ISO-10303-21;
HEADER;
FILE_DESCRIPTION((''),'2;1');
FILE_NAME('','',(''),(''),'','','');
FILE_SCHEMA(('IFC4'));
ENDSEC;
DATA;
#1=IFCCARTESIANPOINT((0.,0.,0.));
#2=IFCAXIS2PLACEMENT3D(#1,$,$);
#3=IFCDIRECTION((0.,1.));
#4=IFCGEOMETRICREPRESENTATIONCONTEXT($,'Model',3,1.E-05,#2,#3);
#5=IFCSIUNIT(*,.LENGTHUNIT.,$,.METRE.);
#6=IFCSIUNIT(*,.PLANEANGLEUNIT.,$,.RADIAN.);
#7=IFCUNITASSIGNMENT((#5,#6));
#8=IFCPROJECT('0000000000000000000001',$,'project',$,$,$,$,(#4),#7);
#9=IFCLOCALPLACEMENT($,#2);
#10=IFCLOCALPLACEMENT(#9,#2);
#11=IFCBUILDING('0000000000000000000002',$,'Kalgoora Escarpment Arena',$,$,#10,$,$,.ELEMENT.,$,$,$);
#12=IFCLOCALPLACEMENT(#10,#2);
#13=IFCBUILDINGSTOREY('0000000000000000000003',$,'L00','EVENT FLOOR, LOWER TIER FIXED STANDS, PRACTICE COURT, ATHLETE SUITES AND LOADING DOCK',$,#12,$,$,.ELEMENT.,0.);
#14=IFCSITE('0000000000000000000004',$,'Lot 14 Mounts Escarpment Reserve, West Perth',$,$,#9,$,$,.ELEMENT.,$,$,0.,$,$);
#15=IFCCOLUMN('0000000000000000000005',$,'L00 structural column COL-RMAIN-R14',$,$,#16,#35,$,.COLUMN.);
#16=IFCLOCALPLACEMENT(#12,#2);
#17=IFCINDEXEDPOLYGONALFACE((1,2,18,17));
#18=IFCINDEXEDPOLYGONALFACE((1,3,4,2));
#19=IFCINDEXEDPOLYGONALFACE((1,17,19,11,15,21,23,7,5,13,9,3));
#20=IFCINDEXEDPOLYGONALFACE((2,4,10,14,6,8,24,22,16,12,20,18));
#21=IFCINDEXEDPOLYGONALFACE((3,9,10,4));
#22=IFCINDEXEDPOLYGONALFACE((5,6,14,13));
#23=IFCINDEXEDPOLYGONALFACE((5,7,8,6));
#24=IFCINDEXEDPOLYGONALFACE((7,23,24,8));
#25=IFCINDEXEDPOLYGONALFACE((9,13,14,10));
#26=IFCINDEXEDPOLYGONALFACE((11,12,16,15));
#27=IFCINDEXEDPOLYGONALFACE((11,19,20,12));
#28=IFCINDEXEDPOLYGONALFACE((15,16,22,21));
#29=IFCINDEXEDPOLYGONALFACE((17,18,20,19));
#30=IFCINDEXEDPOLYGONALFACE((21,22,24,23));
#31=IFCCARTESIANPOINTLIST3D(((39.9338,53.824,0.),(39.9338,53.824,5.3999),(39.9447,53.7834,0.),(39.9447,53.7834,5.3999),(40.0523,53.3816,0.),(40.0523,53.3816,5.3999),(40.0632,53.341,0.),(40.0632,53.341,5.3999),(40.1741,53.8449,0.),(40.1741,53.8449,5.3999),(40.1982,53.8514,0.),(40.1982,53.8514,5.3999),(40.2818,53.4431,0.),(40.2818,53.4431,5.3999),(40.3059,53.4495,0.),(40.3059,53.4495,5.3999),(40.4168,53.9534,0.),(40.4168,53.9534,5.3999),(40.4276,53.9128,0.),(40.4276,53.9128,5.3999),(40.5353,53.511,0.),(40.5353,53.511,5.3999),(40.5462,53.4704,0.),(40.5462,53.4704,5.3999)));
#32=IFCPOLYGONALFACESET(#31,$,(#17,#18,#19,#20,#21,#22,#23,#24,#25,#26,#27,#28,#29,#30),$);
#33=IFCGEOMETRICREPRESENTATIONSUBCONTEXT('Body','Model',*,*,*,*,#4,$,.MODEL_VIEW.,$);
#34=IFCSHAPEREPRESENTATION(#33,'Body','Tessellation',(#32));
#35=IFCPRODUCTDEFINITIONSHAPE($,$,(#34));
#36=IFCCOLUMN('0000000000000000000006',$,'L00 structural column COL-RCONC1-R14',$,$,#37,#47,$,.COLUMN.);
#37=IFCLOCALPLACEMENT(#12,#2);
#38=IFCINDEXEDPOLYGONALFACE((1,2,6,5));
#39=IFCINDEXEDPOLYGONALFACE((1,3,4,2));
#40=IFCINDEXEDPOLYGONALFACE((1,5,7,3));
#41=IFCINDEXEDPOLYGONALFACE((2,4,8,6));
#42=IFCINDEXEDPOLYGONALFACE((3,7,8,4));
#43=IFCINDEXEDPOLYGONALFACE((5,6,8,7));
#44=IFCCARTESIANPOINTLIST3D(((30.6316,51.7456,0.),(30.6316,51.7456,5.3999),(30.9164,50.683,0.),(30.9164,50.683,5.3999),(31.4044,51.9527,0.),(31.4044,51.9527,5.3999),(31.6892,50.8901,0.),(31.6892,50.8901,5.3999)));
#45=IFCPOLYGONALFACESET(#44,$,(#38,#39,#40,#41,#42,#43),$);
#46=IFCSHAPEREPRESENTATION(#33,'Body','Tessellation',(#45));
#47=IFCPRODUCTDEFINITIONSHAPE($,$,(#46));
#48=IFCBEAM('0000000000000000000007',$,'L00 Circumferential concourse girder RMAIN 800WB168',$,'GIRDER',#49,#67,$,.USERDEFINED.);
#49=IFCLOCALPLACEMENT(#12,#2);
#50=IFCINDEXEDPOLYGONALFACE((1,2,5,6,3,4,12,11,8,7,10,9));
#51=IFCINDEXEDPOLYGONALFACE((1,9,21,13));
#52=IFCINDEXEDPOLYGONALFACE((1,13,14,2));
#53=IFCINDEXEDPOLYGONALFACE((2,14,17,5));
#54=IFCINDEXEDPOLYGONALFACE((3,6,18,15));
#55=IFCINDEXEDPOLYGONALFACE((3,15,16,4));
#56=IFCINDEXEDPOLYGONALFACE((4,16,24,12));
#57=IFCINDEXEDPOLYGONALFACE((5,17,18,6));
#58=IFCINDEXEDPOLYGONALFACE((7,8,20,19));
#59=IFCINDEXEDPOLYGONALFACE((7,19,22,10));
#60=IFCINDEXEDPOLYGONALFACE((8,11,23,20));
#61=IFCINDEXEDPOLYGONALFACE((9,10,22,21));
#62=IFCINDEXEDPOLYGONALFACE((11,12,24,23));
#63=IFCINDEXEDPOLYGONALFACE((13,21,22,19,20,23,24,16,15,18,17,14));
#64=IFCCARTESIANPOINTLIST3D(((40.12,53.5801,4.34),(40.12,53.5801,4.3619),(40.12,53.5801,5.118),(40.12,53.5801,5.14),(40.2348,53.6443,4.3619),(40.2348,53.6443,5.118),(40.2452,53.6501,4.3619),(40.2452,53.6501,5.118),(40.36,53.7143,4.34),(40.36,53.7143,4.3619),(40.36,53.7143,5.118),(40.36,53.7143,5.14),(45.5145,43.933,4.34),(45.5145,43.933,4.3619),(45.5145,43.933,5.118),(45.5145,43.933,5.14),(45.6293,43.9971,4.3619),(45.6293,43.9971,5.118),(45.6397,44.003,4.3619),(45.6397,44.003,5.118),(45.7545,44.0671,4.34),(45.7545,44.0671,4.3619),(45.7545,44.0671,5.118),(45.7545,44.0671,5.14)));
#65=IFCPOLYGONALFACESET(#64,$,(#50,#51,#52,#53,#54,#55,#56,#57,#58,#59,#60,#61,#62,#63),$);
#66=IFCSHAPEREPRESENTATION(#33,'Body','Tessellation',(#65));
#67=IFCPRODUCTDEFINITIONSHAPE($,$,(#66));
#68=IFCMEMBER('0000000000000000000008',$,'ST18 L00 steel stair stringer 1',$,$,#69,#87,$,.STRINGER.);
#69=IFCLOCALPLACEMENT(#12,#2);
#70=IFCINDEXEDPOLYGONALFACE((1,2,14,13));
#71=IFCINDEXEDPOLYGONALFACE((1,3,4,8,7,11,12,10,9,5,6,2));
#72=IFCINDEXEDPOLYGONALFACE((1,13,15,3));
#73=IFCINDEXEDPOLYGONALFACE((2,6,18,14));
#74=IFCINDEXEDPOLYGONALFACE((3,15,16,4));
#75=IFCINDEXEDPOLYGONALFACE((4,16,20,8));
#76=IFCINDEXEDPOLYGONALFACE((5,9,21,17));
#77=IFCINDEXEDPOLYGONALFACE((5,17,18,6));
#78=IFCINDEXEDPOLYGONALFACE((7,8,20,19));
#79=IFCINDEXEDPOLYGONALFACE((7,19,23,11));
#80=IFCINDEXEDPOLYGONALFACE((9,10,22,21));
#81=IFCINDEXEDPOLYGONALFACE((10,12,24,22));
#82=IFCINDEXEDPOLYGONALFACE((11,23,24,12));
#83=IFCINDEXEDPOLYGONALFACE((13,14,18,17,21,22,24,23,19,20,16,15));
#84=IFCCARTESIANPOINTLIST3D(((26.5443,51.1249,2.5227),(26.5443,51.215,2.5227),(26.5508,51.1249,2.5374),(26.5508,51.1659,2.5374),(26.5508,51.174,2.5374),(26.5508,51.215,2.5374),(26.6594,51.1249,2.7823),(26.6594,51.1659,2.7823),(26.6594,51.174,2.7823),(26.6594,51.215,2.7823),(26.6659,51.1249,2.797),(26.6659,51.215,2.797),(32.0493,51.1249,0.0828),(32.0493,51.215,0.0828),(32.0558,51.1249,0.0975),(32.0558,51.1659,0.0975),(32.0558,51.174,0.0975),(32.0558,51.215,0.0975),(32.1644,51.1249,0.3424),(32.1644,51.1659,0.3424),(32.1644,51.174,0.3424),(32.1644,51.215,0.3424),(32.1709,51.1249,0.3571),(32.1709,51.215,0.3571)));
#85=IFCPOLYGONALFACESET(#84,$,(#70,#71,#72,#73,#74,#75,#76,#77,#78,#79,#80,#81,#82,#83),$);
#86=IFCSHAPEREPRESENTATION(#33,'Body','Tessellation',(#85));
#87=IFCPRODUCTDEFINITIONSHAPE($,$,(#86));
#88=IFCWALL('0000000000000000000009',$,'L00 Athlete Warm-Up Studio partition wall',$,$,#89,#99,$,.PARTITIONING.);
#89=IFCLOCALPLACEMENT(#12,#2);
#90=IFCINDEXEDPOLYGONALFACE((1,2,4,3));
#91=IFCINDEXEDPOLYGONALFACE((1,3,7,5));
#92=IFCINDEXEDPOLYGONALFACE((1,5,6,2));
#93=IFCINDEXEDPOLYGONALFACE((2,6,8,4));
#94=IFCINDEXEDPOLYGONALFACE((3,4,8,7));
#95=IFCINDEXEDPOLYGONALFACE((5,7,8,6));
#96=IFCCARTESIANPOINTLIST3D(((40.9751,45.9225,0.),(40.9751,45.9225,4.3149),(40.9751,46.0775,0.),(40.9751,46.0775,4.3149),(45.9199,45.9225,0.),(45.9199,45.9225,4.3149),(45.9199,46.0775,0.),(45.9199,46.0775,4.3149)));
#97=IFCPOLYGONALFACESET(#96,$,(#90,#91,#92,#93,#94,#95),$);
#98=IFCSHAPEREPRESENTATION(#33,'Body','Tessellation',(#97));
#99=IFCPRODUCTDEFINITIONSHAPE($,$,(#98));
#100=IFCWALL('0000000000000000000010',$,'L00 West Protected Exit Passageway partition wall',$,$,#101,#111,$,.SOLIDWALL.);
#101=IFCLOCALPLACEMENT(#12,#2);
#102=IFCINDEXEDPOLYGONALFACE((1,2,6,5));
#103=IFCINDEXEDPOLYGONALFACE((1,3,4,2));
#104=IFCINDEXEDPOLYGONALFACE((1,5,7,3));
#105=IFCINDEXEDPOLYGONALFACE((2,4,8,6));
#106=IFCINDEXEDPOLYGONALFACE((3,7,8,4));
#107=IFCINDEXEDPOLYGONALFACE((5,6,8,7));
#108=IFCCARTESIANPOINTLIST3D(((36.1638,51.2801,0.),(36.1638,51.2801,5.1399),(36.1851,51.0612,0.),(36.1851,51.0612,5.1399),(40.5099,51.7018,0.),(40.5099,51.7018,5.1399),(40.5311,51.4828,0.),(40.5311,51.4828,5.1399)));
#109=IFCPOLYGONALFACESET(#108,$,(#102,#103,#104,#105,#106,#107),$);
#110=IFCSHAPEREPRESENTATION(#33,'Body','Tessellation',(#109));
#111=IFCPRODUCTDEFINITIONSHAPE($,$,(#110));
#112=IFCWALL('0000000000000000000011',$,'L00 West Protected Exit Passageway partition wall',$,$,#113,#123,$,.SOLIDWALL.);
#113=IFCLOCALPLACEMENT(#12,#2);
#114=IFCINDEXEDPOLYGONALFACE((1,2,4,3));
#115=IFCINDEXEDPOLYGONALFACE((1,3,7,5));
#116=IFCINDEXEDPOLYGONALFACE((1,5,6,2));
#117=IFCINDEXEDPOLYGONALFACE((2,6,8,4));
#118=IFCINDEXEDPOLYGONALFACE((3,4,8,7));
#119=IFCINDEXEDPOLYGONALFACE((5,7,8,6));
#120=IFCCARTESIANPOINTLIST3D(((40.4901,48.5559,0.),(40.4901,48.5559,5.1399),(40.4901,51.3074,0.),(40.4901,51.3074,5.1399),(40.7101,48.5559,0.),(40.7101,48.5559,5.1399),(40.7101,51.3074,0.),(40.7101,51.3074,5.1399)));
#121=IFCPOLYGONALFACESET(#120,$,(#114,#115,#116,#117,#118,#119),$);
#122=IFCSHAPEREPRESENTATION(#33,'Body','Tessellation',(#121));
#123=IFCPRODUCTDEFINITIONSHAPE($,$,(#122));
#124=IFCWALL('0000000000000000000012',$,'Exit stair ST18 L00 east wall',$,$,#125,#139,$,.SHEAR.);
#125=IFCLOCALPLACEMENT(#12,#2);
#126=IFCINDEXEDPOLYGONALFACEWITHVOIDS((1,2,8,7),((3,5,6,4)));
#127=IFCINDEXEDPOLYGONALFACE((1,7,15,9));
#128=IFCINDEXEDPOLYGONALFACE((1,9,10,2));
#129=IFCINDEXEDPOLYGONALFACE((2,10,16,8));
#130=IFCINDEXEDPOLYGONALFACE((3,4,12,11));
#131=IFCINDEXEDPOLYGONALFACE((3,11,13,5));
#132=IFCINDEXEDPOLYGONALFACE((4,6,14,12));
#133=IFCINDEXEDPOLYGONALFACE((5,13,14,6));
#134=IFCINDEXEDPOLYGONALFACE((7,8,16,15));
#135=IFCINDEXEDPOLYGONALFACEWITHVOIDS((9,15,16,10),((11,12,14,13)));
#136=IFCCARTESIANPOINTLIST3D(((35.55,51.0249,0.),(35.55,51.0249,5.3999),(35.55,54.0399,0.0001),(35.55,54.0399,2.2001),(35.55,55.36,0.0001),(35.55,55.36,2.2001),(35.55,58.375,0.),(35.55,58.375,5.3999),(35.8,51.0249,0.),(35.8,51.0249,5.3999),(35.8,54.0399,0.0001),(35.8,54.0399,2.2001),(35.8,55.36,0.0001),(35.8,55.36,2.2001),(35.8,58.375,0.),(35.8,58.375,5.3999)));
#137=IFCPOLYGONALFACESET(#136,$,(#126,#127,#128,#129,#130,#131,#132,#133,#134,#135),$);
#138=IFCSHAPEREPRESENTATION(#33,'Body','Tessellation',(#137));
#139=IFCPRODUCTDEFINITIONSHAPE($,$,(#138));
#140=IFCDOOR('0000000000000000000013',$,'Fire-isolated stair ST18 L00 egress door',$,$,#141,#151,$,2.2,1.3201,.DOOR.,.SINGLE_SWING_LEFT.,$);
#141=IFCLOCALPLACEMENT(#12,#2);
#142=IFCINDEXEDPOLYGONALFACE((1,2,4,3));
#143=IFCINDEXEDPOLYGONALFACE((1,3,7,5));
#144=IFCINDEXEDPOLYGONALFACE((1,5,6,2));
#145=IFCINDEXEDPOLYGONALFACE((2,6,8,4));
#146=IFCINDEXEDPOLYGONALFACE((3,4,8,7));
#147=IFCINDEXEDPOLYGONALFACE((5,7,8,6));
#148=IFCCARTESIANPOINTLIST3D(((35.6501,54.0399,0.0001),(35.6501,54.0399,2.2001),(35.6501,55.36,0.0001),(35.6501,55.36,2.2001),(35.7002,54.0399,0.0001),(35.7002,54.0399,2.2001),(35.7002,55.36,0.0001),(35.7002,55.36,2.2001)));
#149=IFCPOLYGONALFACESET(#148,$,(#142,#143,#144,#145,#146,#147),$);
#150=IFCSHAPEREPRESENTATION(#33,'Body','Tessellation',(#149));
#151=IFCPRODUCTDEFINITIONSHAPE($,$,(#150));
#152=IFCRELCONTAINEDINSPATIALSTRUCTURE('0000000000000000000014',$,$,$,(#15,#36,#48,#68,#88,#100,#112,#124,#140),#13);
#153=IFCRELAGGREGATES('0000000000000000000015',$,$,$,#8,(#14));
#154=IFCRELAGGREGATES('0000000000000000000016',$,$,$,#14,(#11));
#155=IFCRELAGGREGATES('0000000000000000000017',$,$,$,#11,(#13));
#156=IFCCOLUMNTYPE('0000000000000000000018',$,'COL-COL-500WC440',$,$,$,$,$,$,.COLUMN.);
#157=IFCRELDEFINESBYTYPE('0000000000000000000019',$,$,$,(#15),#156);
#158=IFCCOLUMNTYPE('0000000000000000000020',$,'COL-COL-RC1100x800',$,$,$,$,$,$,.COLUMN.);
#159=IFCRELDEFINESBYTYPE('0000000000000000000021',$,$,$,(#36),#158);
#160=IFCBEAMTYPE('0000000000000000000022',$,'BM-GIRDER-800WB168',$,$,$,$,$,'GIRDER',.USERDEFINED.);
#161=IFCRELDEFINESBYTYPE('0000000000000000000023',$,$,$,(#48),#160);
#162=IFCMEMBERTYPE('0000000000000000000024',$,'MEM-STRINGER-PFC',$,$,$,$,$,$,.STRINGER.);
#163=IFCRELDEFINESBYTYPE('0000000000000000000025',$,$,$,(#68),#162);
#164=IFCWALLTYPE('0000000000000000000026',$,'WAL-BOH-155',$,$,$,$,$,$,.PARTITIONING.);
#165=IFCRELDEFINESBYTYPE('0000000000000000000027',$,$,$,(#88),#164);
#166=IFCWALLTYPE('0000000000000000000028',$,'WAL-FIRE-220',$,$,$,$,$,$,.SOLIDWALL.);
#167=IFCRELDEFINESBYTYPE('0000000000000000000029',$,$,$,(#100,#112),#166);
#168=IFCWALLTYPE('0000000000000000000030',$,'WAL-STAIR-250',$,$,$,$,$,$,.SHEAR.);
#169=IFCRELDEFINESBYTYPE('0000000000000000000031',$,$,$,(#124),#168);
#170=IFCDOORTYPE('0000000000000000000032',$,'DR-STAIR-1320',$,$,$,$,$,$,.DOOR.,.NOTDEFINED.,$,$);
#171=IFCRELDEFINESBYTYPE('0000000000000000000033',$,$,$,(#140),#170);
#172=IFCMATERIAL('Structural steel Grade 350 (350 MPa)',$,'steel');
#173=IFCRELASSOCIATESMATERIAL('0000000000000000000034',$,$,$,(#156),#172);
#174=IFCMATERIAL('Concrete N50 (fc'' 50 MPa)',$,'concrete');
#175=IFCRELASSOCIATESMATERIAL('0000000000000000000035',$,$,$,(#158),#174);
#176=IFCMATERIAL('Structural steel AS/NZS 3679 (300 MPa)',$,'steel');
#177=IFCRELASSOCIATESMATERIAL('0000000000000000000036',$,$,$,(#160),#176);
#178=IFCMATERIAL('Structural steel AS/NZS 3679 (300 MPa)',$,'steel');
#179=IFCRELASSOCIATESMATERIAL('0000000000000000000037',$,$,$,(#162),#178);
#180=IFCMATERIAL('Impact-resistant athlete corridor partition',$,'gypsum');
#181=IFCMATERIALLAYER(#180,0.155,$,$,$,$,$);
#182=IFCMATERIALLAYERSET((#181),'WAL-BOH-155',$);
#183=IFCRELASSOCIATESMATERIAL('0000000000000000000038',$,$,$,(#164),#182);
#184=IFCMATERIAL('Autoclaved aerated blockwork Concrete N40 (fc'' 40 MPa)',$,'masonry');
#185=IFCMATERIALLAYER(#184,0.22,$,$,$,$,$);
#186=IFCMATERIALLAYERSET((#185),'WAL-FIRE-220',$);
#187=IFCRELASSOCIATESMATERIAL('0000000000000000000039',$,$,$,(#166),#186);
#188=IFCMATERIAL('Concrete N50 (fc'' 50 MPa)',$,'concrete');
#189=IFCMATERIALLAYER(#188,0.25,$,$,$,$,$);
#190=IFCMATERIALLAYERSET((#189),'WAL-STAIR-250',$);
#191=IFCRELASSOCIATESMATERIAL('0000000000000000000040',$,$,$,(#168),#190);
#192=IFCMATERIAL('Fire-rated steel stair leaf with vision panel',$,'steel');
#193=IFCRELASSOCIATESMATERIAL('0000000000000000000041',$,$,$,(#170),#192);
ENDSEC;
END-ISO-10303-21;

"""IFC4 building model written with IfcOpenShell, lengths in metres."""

from ifc_helpers import new_model, si_unit, direction, frame, frame_2d, origin, origin_2d, place, context, subcontext, project, spatial, rectangle, i_section, extrude, material, layer, layer_set, material_profile, profile_set, type_object, element, fill, save


model = new_model("IFC4")

# Units and contexts
model_context = context("Model", 3, precision=1e-05, world=origin(), true_north=direction((0.0, 1.0)))
body_context = subcontext(model_context, "Body", "Model", "MODEL_VIEW")
ifc_project = project(units=[si_unit("LENGTHUNIT", "METRE"), si_unit("PLANEANGLEUNIT", "RADIAN")], contexts=[model_context])

# Site, building, storey
site_placement = place(None, origin())
site = spatial("IfcSite", under=ifc_project, at=site_placement, Name="Lot 14 Mounts Escarpment Reserve, West Perth", CompositionType="ELEMENT", RefElevation=0.0)
building_placement = place(site_placement, origin())
building = spatial("IfcBuilding", under=site, at=building_placement, Name="Kalgoora Escarpment Arena", CompositionType="ELEMENT")
storey_placement = place(building_placement, origin())
storey = spatial("IfcBuildingStorey", under=building, at=storey_placement, Name="L00", Description="EVENT FLOOR, LOWER TIER FIXED STANDS, PRACTICE COURT, ATHLETE SUITES AND LOADING DOCK", CompositionType="ELEMENT", Elevation=0.0)

# Columns
ifc_material_1 = material(Name="Structural steel Grade 350 (350 MPa)", Category="steel")
ifc_material_profile_1 = material_profile(ifc_material_1, i_section(OverallWidth=0.5, OverallDepth=0.5, WebThickness=0.0249, FlangeThickness=0.042, at=origin_2d()))
ifc_profile_set_1 = profile_set([ifc_material_profile_1], Name="Structural steel Grade 350 (350 MPa)")
column_type_1 = type_object("IfcColumnType", Name="COL-COL-500WC440", PredefinedType="COLUMN", material=ifc_profile_set_1)
column_1_placement = place(storey_placement, frame((40.24, 53.6472, 0.0), z_axis=(0.0, 0.0, 1.0), x_axis=(-0.965926, -0.258819, 0.0)))
element("IfcColumn", 1, at=column_1_placement, inside=storey, type_object=column_type_1, Name="L00 structural column COL-RMAIN-R14", PredefinedType="COLUMN", context=body_context, shape_type="SweptSolid", body=[
    extrude(i_section(OverallWidth=0.5, OverallDepth=0.5, WebThickness=0.0249, FlangeThickness=0.042, at=origin_2d()), origin(), (0.0, 0.0, 1.0), 5.3999),
])
ifc_material_2 = material(Name="Concrete N50 (fc' 50 MPa)", Category="concrete")
ifc_material_profile_2 = material_profile(ifc_material_2, rectangle(XDim=0.8, YDim=1.1001, at=origin_2d()))
ifc_profile_set_2 = profile_set([ifc_material_profile_2], Name="Concrete N50 (fc' 50 MPa)")
column_type_2 = type_object("IfcColumnType", Name="COL-COL-RC1100x800", PredefinedType="COLUMN", material=ifc_profile_set_2)
column_2_placement = place(storey_placement, frame((31.1604, 51.3179, 0.0), z_axis=(0.0, 0.0, 1.0), x_axis=(-0.965926, -0.258819, 0.0)))
element("IfcColumn", 2, at=column_2_placement, inside=storey, type_object=column_type_2, Name="L00 structural column COL-RCONC1-R14", PredefinedType="COLUMN", context=body_context, shape_type="SweptSolid", body=[
    extrude(rectangle(XDim=0.8, YDim=1.1001, at=origin_2d()), origin(), (0.0, 0.0, 1.0), 5.3999),
])

# Beam
ifc_material_3 = material(Name="Structural steel AS/NZS 3679 (300 MPa)", Category="steel")
ifc_material_profile_3 = material_profile(ifc_material_3, i_section(OverallWidth=0.2749, OverallDepth=0.8, WebThickness=0.012, FlangeThickness=0.022, at=origin_2d()))
ifc_profile_set_3 = profile_set([ifc_material_profile_3], Name="Structural steel AS/NZS 3679 (300 MPa)")
beam_type = type_object("IfcBeamType", Name="BM-GIRDER-800WB168", ElementType="GIRDER", PredefinedType="USERDEFINED", material=ifc_profile_set_3)
beam_placement = place(storey_placement, frame((40.24, 53.6472, 4.74), z_axis=(0.488058, -0.872811, 0.0), x_axis=(0.872811, 0.488058, 0.0)))
element("IfcBeam", 3, at=beam_placement, inside=storey, type_object=beam_type, Name="L00 Circumferential concourse girder RMAIN 800WB168", ObjectType="GIRDER", PredefinedType="USERDEFINED", context=body_context, shape_type="SweptSolid", body=[
    extrude(i_section(OverallWidth=0.2749, OverallDepth=0.8, WebThickness=0.012, FlangeThickness=0.022, at=origin_2d()), origin(), (0.0, 0.0, 1.0), 11.053),
])

# Member
ifc_material_4 = material(Name="Structural steel AS/NZS 3679 (300 MPa)", Category="steel")
ifc_material_profile_4 = material_profile(ifc_material_4, i_section(OverallWidth=0.0901, OverallDepth=0.3, WebThickness=0.0081, FlangeThickness=0.0161, at=origin_2d()))
ifc_profile_set_4 = profile_set([ifc_material_profile_4], Name="Structural steel AS/NZS 3679 (300 MPa)")
member_type = type_object("IfcMemberType", Name="MEM-STRINGER-PFC", PredefinedType="STRINGER", material=ifc_profile_set_4)
member_placement = place(storey_placement, frame((32.1101, 51.1699, 0.22), z_axis=(-0.914229, 0.0, 0.405198), x_axis=(0.0, -1.0, 0.0)))
element("IfcMember", 4, at=member_placement, inside=storey, type_object=member_type, Name="ST18 L00 steel stair stringer 1", PredefinedType="STRINGER", context=body_context, shape_type="SweptSolid", body=[
    extrude(i_section(OverallWidth=0.0901, OverallDepth=0.3, WebThickness=0.0081, FlangeThickness=0.0161, at=origin_2d()), origin(), (0.0, 0.0, 1.0), 6.0215),
])

# Walls
ifc_material_5 = material(Name="Impact-resistant athlete corridor partition", Category="gypsum")
ifc_layer_1 = layer(ifc_material_5, 0.155)
ifc_layer_set_1 = layer_set([ifc_layer_1], Name="WAL-BOH-155")
wall_type_1 = type_object("IfcWallType", Name="WAL-BOH-155", PredefinedType="PARTITIONING", material=ifc_layer_set_1)
wall_1_placement = place(storey_placement, frame((40.9751, 46.0, 0.0), z_axis=(0.0, 0.0, 1.0), x_axis=(1.0, 0.0, 0.0)))
element("IfcWall", 5, at=wall_1_placement, inside=storey, type_object=wall_type_1, Name="L00 Athlete Warm-Up Studio partition wall", PredefinedType="PARTITIONING", context=body_context, shape_type="SweptSolid", body=[
    extrude(rectangle(XDim=4.9448, YDim=0.155, at=frame_2d((2.4724, 0.0))), origin(), (0.0, 0.0, 1.0), 4.3149),
])
ifc_material_6 = material(Name="Autoclaved aerated blockwork Concrete N40 (fc' 40 MPa)", Category="masonry")
ifc_layer_2 = layer(ifc_material_6, 0.22)
ifc_layer_set_2 = layer_set([ifc_layer_2], Name="WAL-FIRE-220")
wall_type_2 = type_object("IfcWallType", Name="WAL-FIRE-220", PredefinedType="SOLIDWALL", material=ifc_layer_set_2)
wall_2_placement = place(storey_placement, frame((36.1746, 51.1707, 0.0), z_axis=(0.0, 0.0, 1.0), x_axis=(0.995327, 0.096564, 0.0)))
element("IfcWall", 6, at=wall_2_placement, inside=storey, type_object=wall_type_2, Name="L00 West Protected Exit Passageway partition wall", PredefinedType="SOLIDWALL", context=body_context, shape_type="SweptSolid", body=[
    extrude(rectangle(XDim=4.3665, YDim=0.22, at=frame_2d((2.1831, 0.0))), origin(), (0.0, 0.0, 1.0), 5.1399),
])
wall_3_placement = place(storey_placement, frame((40.6001, 51.3074, 0.0), z_axis=(0.0, 0.0, 1.0), x_axis=(0.0, -1.0, 0.0)))
element("IfcWall", 7, at=wall_3_placement, inside=storey, type_object=wall_type_2, Name="L00 West Protected Exit Passageway partition wall", PredefinedType="SOLIDWALL", context=body_context, shape_type="SweptSolid", body=[
    extrude(rectangle(XDim=2.7515, YDim=0.22, at=frame_2d((1.3757, 0.0))), origin(), (0.0, 0.0, 1.0), 5.1399),
])

# Wall, opening, door
ifc_material_7 = material(Name="Concrete N50 (fc' 50 MPa)", Category="concrete")
ifc_layer_3 = layer(ifc_material_7, 0.25)
ifc_layer_set_3 = layer_set([ifc_layer_3], Name="WAL-STAIR-250")
wall_type_3 = type_object("IfcWallType", Name="WAL-STAIR-250", PredefinedType="SHEAR", material=ifc_layer_set_3)
wall_4_placement = place(storey_placement, frame((35.675, 51.0249, 0.0), z_axis=(0.0, 0.0, 1.0), x_axis=(0.0, 1.0, 0.0)))
wall_4 = element("IfcWall", 8, at=wall_4_placement, inside=storey, type_object=wall_type_3, Name="Exit stair ST18 L00 east wall", PredefinedType="SHEAR", context=body_context, shape_type="SweptSolid", body=[
    extrude(rectangle(XDim=7.3501, YDim=0.25, at=frame_2d((3.675, 0.0))), origin(), (0.0, 0.0, 1.0), 5.3999),
])
opening_1_placement = place(wall_4_placement, frame((3.0149, 0.0, 0.0)))
opening_1 = element("IfcOpeningElement", 9, at=opening_1_placement, cuts=wall_4, PredefinedType="OPENING", context=body_context, shape_type="SweptSolid", body=[
    extrude(rectangle(XDim=1.3201, YDim=2.2, at=frame_2d((0.6602, 1.1001))), frame((0.0, 0.135, 0.0), z_axis=(0.0, -1.0, 0.0), x_axis=(1.0, 0.0, 0.0)), (0.0, 0.0, 1.0), 0.27),
])
ifc_material_8 = material(Name="Fire-rated steel stair leaf with vision panel", Category="steel")
door_type = type_object("IfcDoorType", Name="DR-STAIR-1320", OperationType="NOTDEFINED", PredefinedType="DOOR", material=ifc_material_8)
door_1_placement = place(opening_1_placement, origin())
door_1 = element("IfcDoor", 10, at=door_1_placement, inside=storey, type_object=door_type, Name="Fire-isolated stair ST18 L00 egress door", OperationType="SINGLE_SWING_LEFT", OverallHeight=2.2, OverallWidth=1.3201, PredefinedType="DOOR", context=body_context, shape_type="SweptSolid", body=[
    extrude(rectangle(XDim=1.3201, YDim=2.2, at=frame_2d((0.6602, 1.1001))), frame((0.0, 0.0249, 0.0), z_axis=(0.0, -1.0, 0.0), x_axis=(1.0, 0.0, 0.0)), (0.0, 0.0, 1.0), 0.05),
])
fill(opening_1, door_1)

save(model, "model.ifc")
